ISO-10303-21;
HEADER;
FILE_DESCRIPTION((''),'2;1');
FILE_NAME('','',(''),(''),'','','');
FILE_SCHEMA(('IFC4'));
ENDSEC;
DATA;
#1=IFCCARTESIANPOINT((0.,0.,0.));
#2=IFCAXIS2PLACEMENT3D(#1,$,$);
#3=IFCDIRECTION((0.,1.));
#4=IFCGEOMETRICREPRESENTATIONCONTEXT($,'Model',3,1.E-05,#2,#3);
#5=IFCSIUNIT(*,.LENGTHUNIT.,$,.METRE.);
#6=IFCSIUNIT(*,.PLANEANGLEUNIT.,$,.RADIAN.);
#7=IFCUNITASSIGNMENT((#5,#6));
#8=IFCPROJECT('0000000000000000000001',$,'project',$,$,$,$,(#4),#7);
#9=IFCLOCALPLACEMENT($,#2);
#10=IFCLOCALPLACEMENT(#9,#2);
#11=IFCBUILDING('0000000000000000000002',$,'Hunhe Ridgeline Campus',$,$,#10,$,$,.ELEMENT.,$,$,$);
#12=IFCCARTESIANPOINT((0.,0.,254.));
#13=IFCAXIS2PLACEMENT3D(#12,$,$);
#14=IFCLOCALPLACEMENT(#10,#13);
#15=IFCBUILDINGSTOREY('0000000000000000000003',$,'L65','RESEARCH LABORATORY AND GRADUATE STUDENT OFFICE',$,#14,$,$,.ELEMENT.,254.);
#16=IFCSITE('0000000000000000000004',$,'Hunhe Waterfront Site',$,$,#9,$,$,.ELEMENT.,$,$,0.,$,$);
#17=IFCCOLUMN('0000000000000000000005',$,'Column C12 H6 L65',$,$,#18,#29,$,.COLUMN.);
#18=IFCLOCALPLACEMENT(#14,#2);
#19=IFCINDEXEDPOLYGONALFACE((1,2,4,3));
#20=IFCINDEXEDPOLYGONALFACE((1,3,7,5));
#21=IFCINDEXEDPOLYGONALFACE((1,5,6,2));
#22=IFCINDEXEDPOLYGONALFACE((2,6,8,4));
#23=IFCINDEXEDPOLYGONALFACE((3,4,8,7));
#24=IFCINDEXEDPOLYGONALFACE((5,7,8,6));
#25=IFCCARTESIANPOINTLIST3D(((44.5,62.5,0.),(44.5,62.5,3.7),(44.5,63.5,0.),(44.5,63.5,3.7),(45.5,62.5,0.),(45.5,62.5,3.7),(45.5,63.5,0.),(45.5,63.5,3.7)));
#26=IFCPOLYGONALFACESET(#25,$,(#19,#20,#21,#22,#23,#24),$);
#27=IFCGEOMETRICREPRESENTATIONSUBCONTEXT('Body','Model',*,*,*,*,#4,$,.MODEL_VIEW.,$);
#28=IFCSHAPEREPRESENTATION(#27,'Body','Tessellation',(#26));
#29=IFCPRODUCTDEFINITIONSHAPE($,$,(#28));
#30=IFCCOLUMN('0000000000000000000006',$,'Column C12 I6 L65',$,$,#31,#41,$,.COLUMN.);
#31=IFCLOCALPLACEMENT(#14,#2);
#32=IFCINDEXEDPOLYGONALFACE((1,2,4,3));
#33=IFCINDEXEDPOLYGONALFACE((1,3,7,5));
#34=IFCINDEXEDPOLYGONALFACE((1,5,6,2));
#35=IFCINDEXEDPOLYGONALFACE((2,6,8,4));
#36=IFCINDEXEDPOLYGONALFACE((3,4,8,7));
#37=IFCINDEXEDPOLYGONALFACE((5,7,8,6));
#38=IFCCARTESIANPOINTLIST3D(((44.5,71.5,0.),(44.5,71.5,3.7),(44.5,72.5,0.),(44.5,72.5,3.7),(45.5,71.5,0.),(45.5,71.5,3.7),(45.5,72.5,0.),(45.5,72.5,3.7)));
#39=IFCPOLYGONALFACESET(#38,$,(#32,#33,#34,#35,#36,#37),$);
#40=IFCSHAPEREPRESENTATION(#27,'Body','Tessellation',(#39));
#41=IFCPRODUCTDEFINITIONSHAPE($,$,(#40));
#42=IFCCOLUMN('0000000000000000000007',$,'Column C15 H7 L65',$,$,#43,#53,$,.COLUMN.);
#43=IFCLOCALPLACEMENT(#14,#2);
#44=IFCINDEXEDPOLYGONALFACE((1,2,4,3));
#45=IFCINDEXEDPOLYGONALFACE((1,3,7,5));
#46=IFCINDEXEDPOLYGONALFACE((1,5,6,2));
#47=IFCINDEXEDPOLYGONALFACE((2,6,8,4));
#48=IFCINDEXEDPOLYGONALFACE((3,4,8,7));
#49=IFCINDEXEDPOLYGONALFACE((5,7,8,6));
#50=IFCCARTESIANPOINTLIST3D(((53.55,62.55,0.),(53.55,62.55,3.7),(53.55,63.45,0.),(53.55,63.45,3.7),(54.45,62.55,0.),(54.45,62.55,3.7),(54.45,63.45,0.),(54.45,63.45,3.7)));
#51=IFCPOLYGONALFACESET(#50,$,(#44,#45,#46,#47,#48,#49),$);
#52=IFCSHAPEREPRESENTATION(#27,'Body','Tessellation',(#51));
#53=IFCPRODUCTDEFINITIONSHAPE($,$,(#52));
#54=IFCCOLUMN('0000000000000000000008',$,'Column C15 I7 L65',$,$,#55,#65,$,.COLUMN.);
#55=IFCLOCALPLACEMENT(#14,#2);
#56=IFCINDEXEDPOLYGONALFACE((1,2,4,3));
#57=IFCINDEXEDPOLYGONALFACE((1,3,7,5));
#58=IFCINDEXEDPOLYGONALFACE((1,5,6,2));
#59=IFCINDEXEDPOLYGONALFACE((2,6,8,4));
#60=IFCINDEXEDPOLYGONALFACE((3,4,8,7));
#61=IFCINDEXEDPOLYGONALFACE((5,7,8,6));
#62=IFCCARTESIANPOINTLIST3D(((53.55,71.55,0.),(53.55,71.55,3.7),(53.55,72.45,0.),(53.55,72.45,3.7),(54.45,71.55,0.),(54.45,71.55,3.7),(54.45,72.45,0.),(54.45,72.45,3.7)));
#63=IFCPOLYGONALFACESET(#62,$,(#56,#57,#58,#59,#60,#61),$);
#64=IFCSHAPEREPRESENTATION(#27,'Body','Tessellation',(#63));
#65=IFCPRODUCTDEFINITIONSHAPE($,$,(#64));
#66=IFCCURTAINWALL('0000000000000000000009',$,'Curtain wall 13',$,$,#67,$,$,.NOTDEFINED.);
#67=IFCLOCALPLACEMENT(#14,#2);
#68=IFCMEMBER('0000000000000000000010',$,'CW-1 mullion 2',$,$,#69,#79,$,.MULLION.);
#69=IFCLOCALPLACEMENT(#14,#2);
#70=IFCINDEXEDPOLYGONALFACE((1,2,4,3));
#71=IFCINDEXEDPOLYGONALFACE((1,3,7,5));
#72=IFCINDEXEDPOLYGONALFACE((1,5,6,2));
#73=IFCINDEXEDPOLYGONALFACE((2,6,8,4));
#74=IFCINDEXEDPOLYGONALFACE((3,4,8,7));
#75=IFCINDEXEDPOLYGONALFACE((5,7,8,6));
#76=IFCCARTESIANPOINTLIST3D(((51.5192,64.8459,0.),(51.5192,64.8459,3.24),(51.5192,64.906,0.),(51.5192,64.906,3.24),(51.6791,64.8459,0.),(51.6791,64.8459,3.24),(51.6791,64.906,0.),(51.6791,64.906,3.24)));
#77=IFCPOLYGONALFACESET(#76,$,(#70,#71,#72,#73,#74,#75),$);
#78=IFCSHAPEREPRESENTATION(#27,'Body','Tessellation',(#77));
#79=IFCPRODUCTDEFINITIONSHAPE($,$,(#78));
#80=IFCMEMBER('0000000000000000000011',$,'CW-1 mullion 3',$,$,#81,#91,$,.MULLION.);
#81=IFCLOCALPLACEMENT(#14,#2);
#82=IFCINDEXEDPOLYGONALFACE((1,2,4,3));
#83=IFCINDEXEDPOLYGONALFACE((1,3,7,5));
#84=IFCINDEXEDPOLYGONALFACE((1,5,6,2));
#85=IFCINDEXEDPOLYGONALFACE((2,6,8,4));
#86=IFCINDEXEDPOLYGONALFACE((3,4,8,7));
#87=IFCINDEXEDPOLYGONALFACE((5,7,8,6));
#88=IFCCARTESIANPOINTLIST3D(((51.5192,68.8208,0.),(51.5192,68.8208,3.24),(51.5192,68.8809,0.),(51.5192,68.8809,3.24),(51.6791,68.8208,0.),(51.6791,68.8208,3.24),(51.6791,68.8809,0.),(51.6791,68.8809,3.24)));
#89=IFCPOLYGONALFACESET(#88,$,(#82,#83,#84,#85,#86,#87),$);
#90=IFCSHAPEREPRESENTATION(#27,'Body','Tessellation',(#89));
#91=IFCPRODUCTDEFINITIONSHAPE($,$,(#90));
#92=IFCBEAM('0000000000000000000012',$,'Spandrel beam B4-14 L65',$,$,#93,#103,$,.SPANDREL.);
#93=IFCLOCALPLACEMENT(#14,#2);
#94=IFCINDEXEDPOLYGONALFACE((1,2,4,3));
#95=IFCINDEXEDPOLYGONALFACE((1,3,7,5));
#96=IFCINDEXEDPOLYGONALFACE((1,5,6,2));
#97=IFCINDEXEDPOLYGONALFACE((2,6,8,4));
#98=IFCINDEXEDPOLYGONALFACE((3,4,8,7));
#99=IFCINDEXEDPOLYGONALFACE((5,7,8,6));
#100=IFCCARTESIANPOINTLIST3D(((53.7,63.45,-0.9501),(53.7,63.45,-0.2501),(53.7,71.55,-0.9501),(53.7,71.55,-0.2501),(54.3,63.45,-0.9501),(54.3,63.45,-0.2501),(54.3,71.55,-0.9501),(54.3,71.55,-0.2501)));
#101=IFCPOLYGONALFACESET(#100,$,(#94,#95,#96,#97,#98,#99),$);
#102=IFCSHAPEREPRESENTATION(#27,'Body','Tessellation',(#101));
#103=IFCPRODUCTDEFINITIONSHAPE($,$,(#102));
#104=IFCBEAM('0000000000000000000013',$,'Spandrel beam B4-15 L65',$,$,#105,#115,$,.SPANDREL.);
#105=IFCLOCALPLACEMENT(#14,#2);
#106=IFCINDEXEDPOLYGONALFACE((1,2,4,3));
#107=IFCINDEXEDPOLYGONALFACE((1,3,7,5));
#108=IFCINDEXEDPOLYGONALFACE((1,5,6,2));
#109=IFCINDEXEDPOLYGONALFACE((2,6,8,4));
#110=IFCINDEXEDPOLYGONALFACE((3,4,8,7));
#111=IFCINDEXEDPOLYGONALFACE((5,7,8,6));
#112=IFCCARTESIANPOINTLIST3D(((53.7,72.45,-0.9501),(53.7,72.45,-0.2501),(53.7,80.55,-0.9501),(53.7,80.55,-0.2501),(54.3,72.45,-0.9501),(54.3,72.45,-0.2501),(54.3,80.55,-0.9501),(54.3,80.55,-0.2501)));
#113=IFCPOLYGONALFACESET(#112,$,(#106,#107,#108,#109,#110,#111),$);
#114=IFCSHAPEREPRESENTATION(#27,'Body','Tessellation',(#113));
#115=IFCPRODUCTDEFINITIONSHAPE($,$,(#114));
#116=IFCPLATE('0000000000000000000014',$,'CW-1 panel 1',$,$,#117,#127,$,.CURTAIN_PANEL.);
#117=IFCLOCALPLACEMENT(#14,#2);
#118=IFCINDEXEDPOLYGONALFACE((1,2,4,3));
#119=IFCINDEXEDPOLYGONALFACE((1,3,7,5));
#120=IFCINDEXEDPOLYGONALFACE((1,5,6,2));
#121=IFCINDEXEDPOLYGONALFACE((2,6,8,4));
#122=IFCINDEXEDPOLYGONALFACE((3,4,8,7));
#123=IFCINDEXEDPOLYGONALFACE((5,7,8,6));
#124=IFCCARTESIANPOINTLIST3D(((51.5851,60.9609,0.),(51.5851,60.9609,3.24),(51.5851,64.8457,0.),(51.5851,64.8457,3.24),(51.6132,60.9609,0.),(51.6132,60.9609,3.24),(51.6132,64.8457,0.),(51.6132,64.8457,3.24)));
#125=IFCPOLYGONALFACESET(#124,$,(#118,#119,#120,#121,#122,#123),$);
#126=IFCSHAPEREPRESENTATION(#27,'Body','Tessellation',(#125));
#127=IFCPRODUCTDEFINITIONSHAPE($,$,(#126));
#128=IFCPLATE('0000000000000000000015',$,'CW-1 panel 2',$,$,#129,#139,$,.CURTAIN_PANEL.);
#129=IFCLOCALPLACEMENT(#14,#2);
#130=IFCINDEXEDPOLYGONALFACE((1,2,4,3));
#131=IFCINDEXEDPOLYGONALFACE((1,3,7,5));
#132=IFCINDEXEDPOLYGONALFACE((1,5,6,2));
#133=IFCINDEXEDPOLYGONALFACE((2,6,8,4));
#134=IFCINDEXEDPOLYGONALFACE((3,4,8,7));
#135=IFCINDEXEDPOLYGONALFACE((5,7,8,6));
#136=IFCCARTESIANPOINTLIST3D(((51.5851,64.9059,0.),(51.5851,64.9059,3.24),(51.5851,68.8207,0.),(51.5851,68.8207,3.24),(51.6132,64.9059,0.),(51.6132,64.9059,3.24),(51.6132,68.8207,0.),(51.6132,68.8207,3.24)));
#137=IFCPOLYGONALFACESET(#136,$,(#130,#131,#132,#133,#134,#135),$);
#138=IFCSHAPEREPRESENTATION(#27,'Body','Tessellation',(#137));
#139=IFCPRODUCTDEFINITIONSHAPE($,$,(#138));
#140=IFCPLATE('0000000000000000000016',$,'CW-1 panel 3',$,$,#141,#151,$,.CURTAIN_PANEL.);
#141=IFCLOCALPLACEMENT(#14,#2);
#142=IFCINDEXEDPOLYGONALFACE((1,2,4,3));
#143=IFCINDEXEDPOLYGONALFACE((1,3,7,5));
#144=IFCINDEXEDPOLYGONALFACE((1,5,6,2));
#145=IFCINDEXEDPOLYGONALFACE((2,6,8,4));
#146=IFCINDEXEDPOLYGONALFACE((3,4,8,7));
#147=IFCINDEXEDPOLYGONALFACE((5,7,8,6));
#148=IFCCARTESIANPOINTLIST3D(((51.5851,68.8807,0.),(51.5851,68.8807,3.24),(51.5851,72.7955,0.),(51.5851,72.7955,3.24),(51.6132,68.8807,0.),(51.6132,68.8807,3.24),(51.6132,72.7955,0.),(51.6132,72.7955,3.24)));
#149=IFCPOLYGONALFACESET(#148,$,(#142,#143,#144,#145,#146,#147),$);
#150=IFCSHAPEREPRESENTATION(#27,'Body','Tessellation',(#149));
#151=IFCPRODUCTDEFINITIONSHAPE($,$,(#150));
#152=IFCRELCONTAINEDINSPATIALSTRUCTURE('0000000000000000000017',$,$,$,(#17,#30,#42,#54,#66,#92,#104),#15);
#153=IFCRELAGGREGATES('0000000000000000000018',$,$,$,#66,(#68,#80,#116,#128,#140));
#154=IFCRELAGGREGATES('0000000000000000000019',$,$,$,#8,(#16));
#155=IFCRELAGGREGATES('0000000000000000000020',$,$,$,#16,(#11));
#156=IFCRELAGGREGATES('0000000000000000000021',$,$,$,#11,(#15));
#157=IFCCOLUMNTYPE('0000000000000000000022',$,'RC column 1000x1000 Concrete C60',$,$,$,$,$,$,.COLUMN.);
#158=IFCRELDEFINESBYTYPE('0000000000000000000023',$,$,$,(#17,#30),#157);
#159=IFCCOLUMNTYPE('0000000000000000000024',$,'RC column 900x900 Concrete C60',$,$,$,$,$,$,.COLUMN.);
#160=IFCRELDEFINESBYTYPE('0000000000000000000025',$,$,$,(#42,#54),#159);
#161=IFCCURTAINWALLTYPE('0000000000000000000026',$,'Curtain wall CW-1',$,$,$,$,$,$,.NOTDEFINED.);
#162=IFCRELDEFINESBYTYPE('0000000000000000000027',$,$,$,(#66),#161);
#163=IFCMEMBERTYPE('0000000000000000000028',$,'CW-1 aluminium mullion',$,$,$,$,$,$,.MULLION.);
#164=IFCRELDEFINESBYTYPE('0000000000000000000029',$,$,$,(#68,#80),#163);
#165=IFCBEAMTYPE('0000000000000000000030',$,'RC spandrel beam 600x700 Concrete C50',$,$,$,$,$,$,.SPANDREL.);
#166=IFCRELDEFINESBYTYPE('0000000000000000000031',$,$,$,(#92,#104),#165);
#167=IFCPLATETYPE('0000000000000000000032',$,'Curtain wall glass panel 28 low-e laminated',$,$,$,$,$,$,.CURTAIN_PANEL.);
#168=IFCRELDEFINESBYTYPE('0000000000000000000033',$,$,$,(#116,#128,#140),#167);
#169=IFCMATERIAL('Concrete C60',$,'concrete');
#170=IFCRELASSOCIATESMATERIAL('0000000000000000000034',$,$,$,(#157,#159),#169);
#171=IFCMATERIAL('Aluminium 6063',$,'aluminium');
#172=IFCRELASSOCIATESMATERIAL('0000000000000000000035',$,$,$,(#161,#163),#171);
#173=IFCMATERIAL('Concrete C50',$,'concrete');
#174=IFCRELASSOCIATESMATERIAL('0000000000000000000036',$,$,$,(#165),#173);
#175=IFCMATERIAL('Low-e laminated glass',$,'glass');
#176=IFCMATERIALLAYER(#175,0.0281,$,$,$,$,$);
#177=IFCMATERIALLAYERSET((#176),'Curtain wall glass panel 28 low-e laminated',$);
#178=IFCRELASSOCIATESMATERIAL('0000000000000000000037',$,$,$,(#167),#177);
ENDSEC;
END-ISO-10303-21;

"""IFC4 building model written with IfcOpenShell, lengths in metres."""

from ifc_helpers import new_model, si_unit, direction, frame, origin, origin_2d, place, context, subcontext, project, spatial, rectangle, extrude, material, layer, layer_set, material_profile, profile_set, type_object, element, aggregate, save


model = new_model("IFC4")

# Units and contexts
model_context = context("Model", 3, precision=1e-05, world=origin(), true_north=direction((0.0, 1.0)))
body_context = subcontext(model_context, "Body", "Model", "MODEL_VIEW")
ifc_project = project(units=[si_unit("LENGTHUNIT", "METRE"), si_unit("PLANEANGLEUNIT", "RADIAN")], contexts=[model_context])

# Site, building, storey
site_placement = place(None, origin())
site = spatial("IfcSite", under=ifc_project, at=site_placement, Name="Hunhe Waterfront Site", CompositionType="ELEMENT", RefElevation=0.0)
building_placement = place(site_placement, origin())
building = spatial("IfcBuilding", under=site, at=building_placement, Name="Hunhe Ridgeline Campus", CompositionType="ELEMENT")
storey_placement = place(building_placement, frame((0.0, 0.0, 254.0)))
storey = spatial("IfcBuildingStorey", under=building, at=storey_placement, Name="L65", Description="RESEARCH LABORATORY AND GRADUATE STUDENT OFFICE", CompositionType="ELEMENT", Elevation=254.0)

# Columns
ifc_material_1 = material(Name="Concrete C60", Category="concrete")
ifc_material_profile_1 = material_profile(ifc_material_1, rectangle(XDim=1.0, YDim=1.0, at=origin_2d()))
ifc_profile_set_1 = profile_set([ifc_material_profile_1], Name="Concrete C60")
column_type_1 = type_object("IfcColumnType", Name="RC column 1000x1000 Concrete C60", PredefinedType="COLUMN", material=ifc_profile_set_1)
for number, where, z_axis, x_axis, name in (
    (1, (45.0, 63.0, 0.0), (0.0, 0.0, 1.0), (1.0, 0.0, 0.0), "Column C12 H6 L65"),
    (2, (45.0, 72.0, 0.0), (0.0, 0.0, 1.0), (1.0, 0.0, 0.0), "Column C12 I6 L65"),
):
    element("IfcColumn", number, at=place(storey_placement, frame(where, z_axis=z_axis, x_axis=x_axis)), inside=storey, type_object=column_type_1, Name=name, PredefinedType="COLUMN", context=body_context, shape_type="SweptSolid", body=[
        extrude(rectangle(XDim=1.0, YDim=1.0, at=origin_2d()), origin(), (0.0, 0.0, 1.0), 3.7),
    ])
ifc_material_profile_2 = material_profile(ifc_material_1, rectangle(XDim=0.8999, YDim=0.8999, at=origin_2d()))
ifc_profile_set_2 = profile_set([ifc_material_profile_2], Name="Concrete C60")
column_type_2 = type_object("IfcColumnType", Name="RC column 900x900 Concrete C60", PredefinedType="COLUMN", material=ifc_profile_set_2)
for number, where, z_axis, x_axis, name in (
    (3, (54.0, 63.0, 0.0), (0.0, 0.0, 1.0), (1.0, 0.0, 0.0), "Column C15 H7 L65"),
    (4, (54.0, 72.0, 0.0), (0.0, 0.0, 1.0), (1.0, 0.0, 0.0), "Column C15 I7 L65"),
):
    element("IfcColumn", number, at=place(storey_placement, frame(where, z_axis=z_axis, x_axis=x_axis)), inside=storey, type_object=column_type_2, Name=name, PredefinedType="COLUMN", context=body_context, shape_type="SweptSolid", body=[
        extrude(rectangle(XDim=0.8999, YDim=0.8999, at=origin_2d()), origin(), (0.0, 0.0, 1.0), 3.7),
    ])

# Curtain wall, members
ifc_material_2 = material(Name="Aluminium 6063", Category="aluminium")
curtain_wall_type = type_object("IfcCurtainWallType", Name="Curtain wall CW-1", PredefinedType="NOTDEFINED", material=ifc_material_2)
curtain_wall_placement = place(storey_placement, origin())
curtain_wall = element("IfcCurtainWall", 5, at=curtain_wall_placement, inside=storey, type_object=curtain_wall_type, Name="Curtain wall 13", PredefinedType="NOTDEFINED")
ifc_material_profile_3 = material_profile(ifc_material_2, rectangle(XDim=0.1599, YDim=0.0601, at=origin_2d()))
ifc_profile_set_3 = profile_set([ifc_material_profile_3], Name="Aluminium 6063")
member_type = type_object("IfcMemberType", Name="CW-1 aluminium mullion", PredefinedType="MULLION", material=ifc_profile_set_3)
member_1_placement = place(storey_placement, frame((51.5991, 64.876, 0.0), z_axis=(0.0, 0.0, 1.0), x_axis=(-1.0, 0.0, 0.0)))
member_1 = element("IfcMember", 6, at=member_1_placement, type_object=member_type, Name="CW-1 mullion 2", PredefinedType="MULLION", context=body_context, shape_type="SweptSolid", body=[
    extrude(rectangle(XDim=0.1599, YDim=0.0601, at=origin_2d()), origin(), (0.0, 0.0, 1.0), 3.24),
])
member_2_placement = place(storey_placement, frame((51.5991, 68.8508, 0.0), z_axis=(0.0, 0.0, 1.0), x_axis=(-1.0, 0.0, 0.0)))
member_2 = element("IfcMember", 7, at=member_2_placement, type_object=member_type, Name="CW-1 mullion 3", PredefinedType="MULLION", context=body_context, shape_type="SweptSolid", body=[
    extrude(rectangle(XDim=0.1599, YDim=0.0601, at=origin_2d()), origin(), (0.0, 0.0, 1.0), 3.24),
])

# Beams
ifc_material_3 = material(Name="Concrete C50", Category="concrete")
ifc_material_profile_4 = material_profile(ifc_material_3, rectangle(XDim=0.6001, YDim=0.7, at=origin_2d()))
ifc_profile_set_4 = profile_set([ifc_material_profile_4], Name="Concrete C50")
beam_type = type_object("IfcBeamType", Name="RC spandrel beam 600x700 Concrete C50", PredefinedType="SPANDREL", material=ifc_profile_set_4)
for number, where, z_axis, x_axis, name in (
    (8, (54.0, 63.45, -0.6001), (0.0, 1.0, 0.0), (-1.0, 0.0, 0.0), "Spandrel beam B4-14 L65"),
    (9, (54.0, 72.45, -0.6001), (0.0, 1.0, 0.0), (-1.0, 0.0, 0.0), "Spandrel beam B4-15 L65"),
):
    element("IfcBeam", number, at=place(storey_placement, frame(where, z_axis=z_axis, x_axis=x_axis)), inside=storey, type_object=beam_type, Name=name, PredefinedType="SPANDREL", context=body_context, shape_type="SweptSolid", body=[
        extrude(rectangle(XDim=0.6001, YDim=0.7, at=origin_2d()), origin(), (0.0, 0.0, 1.0), 8.1001),
    ])

# Plates
ifc_material_4 = material(Name="Low-e laminated glass", Category="glass")
ifc_layer_1 = layer(ifc_material_4, 0.0281)
ifc_layer_set_1 = layer_set([ifc_layer_1], Name="Curtain wall glass panel 28 low-e laminated")
plate_type = type_object("IfcPlateType", Name="Curtain wall glass panel 28 low-e laminated", PredefinedType="CURTAIN_PANEL", material=ifc_layer_set_1)
plate_1_placement = place(storey_placement, frame((51.5991, 62.9033, 0.0), z_axis=(0.0, 0.0, 1.0), x_axis=(0.0, 1.0, 0.0)))
plate_1 = element("IfcPlate", 10, at=plate_1_placement, type_object=plate_type, Name="CW-1 panel 1", PredefinedType="CURTAIN_PANEL", context=body_context, shape_type="SweptSolid", body=[
    extrude(rectangle(XDim=3.8848, YDim=0.0281, at=origin_2d()), origin(), (0.0, 0.0, 1.0), 3.24),
])
plate_2_placement = place(storey_placement, frame((51.5991, 66.8633, 0.0), z_axis=(0.0, 0.0, 1.0), x_axis=(0.0, 1.0, 0.0)))
plate_2 = element("IfcPlate", 11, at=plate_2_placement, type_object=plate_type, Name="CW-1 panel 2", PredefinedType="CURTAIN_PANEL", context=body_context, shape_type="SweptSolid", body=[
    extrude(rectangle(XDim=3.9148, YDim=0.0281, at=origin_2d()), origin(), (0.0, 0.0, 1.0), 3.24),
])
plate_3_placement = place(storey_placement, frame((51.5991, 70.8381, 0.0), z_axis=(0.0, 0.0, 1.0), x_axis=(0.0, 1.0, 0.0)))
plate_3 = element("IfcPlate", 12, at=plate_3_placement, type_object=plate_type, Name="CW-1 panel 3", PredefinedType="CURTAIN_PANEL", context=body_context, shape_type="SweptSolid", body=[
    extrude(rectangle(XDim=3.9148, YDim=0.0281, at=origin_2d()), origin(), (0.0, 0.0, 1.0), 3.24),
])
aggregate(curtain_wall, [member_1, member_2, plate_1, plate_2, plate_3])

save(model, "model.ifc")
